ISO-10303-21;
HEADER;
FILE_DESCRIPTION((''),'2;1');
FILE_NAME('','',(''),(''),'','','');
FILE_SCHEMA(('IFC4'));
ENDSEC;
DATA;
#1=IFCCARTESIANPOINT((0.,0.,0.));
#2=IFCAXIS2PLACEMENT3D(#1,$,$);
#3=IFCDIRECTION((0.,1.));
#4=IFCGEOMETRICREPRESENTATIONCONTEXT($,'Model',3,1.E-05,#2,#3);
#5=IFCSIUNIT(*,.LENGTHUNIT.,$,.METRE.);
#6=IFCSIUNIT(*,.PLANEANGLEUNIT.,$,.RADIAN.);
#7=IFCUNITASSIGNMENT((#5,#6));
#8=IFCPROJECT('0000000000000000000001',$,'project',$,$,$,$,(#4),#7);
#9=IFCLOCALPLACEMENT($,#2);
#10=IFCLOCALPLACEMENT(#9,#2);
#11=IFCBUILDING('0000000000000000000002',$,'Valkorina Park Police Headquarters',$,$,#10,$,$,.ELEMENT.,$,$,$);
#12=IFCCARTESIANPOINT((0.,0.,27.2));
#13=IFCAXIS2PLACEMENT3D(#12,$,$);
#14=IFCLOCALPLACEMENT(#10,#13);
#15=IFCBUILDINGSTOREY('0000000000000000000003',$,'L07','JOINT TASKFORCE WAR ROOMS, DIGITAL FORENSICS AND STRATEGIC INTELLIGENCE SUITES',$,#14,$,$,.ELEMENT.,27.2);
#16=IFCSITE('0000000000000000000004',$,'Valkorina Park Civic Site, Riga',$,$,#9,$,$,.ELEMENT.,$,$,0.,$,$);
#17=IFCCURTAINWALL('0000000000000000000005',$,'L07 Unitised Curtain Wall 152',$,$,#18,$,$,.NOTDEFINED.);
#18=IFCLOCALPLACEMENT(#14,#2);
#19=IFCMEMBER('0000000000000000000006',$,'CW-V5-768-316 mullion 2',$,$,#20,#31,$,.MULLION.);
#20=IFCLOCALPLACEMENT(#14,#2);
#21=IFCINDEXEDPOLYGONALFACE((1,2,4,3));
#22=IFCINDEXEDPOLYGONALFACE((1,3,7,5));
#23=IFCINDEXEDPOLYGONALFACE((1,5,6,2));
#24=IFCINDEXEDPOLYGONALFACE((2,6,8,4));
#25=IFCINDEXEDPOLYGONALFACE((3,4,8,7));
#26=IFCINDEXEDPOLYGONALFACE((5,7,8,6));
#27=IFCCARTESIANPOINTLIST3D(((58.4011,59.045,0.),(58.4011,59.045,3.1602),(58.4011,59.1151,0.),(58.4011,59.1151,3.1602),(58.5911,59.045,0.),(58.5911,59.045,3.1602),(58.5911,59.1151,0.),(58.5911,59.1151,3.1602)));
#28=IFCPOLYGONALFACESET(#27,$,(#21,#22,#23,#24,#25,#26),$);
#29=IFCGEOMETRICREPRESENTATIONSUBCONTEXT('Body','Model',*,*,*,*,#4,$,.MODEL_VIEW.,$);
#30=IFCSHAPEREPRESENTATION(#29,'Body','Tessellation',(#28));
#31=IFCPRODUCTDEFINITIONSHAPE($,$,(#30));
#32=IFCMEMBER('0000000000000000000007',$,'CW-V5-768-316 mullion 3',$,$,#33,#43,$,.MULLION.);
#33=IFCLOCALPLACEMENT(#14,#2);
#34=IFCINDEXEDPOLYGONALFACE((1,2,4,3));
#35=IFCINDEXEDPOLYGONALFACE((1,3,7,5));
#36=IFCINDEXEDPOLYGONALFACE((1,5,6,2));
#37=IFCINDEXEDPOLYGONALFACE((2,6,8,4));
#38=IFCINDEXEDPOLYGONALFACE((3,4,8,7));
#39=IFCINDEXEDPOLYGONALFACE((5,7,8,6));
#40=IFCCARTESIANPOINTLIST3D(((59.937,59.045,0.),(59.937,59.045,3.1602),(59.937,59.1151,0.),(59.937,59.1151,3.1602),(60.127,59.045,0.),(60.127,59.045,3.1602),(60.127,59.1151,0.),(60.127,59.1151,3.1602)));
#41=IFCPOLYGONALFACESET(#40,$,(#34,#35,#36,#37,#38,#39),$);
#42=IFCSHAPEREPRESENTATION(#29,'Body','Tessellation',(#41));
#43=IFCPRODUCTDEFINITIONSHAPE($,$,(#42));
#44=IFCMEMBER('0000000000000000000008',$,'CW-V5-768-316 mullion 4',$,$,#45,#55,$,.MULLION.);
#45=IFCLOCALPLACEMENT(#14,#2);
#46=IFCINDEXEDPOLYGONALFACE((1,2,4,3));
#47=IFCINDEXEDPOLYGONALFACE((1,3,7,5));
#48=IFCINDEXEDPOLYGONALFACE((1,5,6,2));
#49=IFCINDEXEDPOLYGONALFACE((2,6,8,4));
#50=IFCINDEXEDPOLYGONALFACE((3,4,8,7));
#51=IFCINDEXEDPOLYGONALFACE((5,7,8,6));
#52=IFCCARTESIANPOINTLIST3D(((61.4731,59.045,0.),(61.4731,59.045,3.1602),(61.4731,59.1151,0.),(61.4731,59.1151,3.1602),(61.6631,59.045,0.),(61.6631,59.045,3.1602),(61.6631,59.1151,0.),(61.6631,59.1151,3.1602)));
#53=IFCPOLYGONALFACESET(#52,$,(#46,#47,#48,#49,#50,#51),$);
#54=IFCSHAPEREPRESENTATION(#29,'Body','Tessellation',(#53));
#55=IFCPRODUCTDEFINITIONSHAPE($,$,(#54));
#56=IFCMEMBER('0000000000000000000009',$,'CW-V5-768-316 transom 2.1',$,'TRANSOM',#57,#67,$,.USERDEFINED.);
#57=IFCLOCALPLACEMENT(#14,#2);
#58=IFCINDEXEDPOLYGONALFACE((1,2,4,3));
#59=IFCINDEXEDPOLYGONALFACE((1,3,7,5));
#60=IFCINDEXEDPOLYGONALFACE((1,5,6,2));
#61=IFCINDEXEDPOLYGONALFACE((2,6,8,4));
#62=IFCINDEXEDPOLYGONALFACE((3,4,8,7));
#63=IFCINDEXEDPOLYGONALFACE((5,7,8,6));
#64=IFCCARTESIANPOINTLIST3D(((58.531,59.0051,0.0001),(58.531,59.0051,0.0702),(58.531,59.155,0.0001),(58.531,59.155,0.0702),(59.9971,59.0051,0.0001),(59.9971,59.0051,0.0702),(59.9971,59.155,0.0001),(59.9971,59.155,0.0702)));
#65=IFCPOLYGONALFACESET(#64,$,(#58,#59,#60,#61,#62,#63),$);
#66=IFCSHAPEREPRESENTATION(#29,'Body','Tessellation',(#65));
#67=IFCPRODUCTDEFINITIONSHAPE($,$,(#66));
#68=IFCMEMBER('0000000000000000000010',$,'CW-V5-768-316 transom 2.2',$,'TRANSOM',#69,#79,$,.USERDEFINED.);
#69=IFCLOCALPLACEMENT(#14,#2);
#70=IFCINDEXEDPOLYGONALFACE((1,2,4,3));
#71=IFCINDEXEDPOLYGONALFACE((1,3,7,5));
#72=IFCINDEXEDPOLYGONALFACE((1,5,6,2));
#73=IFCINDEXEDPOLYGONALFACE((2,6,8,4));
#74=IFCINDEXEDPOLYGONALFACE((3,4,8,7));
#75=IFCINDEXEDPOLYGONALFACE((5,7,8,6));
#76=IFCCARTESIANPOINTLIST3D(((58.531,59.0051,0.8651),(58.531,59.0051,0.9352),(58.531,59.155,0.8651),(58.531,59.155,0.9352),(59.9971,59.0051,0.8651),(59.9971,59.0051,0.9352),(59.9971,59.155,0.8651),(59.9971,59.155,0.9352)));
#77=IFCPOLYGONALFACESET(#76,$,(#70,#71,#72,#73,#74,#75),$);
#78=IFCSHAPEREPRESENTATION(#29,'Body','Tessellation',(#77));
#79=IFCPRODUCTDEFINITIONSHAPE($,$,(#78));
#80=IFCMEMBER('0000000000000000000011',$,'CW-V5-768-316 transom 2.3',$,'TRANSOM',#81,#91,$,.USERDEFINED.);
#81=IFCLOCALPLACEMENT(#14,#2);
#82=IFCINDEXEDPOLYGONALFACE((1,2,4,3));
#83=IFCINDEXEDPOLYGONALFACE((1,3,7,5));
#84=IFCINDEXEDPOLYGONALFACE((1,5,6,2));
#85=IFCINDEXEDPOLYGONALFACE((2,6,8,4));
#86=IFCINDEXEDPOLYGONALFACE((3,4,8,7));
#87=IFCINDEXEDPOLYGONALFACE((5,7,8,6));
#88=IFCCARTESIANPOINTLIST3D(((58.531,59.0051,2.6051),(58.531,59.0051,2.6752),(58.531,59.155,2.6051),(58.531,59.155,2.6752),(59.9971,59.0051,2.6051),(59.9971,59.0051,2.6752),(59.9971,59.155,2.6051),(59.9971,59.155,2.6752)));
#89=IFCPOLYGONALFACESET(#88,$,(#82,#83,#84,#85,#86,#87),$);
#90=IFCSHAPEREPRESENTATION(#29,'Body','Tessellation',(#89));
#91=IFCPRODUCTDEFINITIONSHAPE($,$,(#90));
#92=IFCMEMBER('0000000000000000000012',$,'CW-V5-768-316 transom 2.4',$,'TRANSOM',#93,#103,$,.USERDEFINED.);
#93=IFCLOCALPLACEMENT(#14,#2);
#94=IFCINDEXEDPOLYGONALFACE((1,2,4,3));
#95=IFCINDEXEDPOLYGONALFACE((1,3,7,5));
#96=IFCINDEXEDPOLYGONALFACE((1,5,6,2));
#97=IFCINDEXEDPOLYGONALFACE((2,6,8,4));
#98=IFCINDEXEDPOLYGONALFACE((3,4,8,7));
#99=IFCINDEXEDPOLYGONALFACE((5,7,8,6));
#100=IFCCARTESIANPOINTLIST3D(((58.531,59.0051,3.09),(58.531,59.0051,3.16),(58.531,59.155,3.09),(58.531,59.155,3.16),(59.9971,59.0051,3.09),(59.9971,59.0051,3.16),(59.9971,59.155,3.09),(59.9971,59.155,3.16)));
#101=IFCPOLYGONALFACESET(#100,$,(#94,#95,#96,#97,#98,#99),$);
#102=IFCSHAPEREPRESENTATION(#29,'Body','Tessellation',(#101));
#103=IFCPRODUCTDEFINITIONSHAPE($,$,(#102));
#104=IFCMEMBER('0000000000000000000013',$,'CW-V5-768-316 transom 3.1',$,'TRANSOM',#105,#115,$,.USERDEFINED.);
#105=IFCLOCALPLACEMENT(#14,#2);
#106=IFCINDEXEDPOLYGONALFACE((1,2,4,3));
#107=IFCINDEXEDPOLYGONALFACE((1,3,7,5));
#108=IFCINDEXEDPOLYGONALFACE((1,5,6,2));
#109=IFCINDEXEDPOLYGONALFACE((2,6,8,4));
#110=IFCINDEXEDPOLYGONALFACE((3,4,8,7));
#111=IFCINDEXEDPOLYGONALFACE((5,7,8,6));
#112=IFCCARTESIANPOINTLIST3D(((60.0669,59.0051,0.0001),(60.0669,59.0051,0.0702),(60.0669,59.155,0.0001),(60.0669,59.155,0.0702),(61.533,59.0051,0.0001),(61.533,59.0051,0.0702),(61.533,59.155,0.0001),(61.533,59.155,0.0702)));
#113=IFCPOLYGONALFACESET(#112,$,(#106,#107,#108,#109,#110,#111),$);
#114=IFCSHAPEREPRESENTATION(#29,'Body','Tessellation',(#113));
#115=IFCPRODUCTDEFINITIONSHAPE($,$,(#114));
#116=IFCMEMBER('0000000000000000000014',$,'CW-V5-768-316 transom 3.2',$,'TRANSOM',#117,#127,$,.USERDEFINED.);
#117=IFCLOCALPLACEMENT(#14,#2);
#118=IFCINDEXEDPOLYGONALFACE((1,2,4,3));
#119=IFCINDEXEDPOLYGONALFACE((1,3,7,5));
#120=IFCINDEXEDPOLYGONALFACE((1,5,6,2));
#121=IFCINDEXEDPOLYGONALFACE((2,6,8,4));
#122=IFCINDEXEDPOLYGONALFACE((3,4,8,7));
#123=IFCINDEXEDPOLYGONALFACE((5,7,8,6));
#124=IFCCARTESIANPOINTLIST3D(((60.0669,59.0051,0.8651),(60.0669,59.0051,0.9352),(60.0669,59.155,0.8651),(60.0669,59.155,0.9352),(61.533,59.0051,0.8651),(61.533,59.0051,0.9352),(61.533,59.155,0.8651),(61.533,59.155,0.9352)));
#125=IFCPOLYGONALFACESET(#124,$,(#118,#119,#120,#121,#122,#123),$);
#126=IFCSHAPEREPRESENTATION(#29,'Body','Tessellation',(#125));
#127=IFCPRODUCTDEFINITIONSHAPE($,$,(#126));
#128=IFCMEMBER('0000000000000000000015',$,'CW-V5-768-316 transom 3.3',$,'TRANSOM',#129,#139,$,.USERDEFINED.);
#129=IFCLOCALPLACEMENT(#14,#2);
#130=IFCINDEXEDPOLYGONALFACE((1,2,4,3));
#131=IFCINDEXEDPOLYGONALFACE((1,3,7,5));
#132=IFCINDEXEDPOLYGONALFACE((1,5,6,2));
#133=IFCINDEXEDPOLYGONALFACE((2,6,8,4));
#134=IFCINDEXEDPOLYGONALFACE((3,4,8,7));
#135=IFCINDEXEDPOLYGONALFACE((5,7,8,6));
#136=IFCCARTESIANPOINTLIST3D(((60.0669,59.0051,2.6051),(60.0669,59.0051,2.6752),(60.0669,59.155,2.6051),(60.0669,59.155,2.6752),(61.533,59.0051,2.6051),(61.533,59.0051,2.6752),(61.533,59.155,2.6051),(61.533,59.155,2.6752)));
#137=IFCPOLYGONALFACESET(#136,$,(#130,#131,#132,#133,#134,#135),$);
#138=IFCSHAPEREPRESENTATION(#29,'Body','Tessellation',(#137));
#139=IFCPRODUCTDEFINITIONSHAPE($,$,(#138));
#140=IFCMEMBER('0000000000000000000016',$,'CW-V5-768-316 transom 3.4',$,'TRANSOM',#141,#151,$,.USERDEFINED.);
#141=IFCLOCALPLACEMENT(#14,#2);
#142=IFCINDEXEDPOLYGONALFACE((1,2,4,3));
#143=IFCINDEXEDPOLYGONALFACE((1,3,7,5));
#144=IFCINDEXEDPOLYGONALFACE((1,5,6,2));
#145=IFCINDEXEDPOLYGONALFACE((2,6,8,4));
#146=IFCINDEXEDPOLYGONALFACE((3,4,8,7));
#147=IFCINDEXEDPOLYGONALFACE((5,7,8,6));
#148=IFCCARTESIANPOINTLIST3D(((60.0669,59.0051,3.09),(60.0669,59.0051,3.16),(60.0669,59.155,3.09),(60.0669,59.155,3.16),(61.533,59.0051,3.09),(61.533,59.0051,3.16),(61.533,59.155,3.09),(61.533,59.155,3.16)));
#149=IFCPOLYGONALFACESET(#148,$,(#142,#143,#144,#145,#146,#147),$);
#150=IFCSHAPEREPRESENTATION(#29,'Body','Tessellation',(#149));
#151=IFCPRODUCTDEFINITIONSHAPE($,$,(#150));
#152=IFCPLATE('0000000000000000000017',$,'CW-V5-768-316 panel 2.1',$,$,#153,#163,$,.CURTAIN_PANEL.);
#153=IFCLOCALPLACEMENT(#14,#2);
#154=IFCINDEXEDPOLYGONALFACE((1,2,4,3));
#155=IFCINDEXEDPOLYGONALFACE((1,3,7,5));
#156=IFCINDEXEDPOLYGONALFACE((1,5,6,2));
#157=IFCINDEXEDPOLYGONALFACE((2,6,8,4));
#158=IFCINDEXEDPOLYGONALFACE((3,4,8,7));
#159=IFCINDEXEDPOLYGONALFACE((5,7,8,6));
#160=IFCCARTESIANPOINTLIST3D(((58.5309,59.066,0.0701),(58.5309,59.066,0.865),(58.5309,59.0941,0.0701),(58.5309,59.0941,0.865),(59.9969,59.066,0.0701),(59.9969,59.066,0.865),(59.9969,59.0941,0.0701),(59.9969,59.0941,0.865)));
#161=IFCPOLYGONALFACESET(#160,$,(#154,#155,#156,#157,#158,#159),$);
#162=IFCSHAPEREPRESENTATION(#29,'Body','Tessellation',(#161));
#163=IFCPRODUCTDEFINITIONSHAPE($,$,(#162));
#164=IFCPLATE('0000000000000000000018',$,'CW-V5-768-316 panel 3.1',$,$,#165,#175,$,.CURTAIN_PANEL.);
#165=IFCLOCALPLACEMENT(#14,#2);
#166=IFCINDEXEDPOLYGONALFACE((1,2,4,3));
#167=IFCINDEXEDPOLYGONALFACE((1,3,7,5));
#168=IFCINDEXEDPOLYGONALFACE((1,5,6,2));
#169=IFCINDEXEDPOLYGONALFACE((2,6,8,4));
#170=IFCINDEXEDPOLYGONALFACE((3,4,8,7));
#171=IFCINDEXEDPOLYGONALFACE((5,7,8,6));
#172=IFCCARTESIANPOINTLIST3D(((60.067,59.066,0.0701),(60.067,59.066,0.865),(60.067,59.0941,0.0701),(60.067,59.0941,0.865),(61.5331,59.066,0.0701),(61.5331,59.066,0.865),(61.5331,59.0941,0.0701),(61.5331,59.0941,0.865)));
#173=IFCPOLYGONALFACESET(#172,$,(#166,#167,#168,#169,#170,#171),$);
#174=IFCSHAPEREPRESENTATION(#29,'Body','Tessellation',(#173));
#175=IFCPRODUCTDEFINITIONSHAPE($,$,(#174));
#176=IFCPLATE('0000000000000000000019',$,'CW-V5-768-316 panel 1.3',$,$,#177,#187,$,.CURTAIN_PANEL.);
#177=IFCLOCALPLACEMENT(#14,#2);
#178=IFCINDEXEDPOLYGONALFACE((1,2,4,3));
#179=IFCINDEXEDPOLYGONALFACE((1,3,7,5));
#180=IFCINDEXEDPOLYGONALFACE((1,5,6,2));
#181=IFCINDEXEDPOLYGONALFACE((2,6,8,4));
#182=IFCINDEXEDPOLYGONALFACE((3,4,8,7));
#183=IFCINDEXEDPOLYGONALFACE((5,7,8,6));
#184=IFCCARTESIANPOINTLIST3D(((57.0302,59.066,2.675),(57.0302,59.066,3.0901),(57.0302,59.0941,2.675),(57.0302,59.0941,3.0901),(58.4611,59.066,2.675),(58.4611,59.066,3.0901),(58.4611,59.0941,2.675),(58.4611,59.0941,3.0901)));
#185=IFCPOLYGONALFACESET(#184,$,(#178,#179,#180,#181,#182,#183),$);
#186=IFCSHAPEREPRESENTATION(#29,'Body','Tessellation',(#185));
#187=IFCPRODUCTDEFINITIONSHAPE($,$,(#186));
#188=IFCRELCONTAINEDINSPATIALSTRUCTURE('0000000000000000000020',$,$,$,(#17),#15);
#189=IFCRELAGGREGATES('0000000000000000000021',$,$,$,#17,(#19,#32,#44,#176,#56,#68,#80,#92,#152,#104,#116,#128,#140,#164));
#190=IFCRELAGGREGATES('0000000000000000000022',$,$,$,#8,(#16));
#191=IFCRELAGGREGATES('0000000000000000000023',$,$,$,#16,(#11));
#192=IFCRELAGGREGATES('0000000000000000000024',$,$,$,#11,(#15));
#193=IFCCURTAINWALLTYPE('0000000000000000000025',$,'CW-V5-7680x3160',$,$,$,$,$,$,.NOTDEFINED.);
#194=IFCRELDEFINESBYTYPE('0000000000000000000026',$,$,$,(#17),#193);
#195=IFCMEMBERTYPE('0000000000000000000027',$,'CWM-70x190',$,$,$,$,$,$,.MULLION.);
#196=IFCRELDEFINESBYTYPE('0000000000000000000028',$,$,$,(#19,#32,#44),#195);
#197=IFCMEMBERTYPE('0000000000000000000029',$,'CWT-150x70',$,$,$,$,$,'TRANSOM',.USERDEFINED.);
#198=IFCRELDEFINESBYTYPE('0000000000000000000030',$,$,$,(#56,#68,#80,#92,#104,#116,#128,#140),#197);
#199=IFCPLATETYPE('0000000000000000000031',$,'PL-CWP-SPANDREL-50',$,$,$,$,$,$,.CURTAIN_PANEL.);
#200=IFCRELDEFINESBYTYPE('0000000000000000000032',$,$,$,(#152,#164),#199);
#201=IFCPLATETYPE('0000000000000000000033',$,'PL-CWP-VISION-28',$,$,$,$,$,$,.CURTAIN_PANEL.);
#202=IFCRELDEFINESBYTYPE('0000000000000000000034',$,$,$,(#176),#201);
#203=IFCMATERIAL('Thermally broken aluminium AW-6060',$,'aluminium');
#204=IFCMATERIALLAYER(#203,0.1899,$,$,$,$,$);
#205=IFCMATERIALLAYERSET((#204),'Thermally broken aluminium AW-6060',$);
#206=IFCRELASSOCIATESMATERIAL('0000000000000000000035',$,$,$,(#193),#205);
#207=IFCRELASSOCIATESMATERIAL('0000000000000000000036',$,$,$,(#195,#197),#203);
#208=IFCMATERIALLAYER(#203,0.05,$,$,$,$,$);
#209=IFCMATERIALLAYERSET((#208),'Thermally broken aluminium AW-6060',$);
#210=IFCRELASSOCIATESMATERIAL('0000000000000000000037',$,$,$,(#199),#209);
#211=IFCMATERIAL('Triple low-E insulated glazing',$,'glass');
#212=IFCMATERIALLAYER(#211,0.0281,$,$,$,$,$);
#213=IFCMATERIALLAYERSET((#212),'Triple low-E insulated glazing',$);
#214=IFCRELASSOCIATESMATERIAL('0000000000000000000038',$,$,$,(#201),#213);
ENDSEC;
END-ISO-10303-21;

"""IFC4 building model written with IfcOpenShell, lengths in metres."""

from ifc_helpers import new_model, si_unit, direction, frame, origin, origin_2d, place, context, subcontext, project, spatial, rectangle, extrude, material, layer, layer_set, material_profile, profile_set, type_object, element, aggregate, save


model = new_model("IFC4")

# Units and contexts
model_context = context("Model", 3, precision=1e-05, world=origin(), true_north=direction((0.0, 1.0)))
body_context = subcontext(model_context, "Body", "Model", "MODEL_VIEW")
ifc_project = project(units=[si_unit("LENGTHUNIT", "METRE"), si_unit("PLANEANGLEUNIT", "RADIAN")], contexts=[model_context])

# Site, building, storey
site_placement = place(None, origin())
site = spatial("IfcSite", under=ifc_project, at=site_placement, Name="Valkorina Park Civic Site, Riga", CompositionType="ELEMENT", RefElevation=0.0)
building_placement = place(site_placement, origin())
building = spatial("IfcBuilding", under=site, at=building_placement, Name="Valkorina Park Police Headquarters", CompositionType="ELEMENT")
storey_placement = place(building_placement, frame((0.0, 0.0, 27.2)))
storey = spatial("IfcBuildingStorey", under=building, at=storey_placement, Name="L07", Description="JOINT TASKFORCE WAR ROOMS, DIGITAL FORENSICS AND STRATEGIC INTELLIGENCE SUITES", CompositionType="ELEMENT", Elevation=27.2)

# Curtain wall, members, plates
ifc_material_1 = material(Name="Thermally broken aluminium AW-6060", Category="aluminium")
ifc_layer_1 = layer(ifc_material_1, 0.1899)
ifc_layer_set_1 = layer_set([ifc_layer_1], Name="Thermally broken aluminium AW-6060")
curtain_wall_type = type_object("IfcCurtainWallType", Name="CW-V5-7680x3160", PredefinedType="NOTDEFINED", material=ifc_layer_set_1)
curtain_wall_placement = place(storey_placement, origin())
curtain_wall = element("IfcCurtainWall", 1, at=curtain_wall_placement, inside=storey, type_object=curtain_wall_type, Name="L07 Unitised Curtain Wall 152", PredefinedType="NOTDEFINED")
ifc_material_profile_1 = material_profile(ifc_material_1, rectangle(XDim=0.0701, YDim=0.1899, at=origin_2d()), Name="CWM-02 70x190")
ifc_profile_set_1 = profile_set([ifc_material_profile_1], Name="Thermally broken aluminium AW-6060")
member_type_1 = type_object("IfcMemberType", Name="CWM-70x190", PredefinedType="MULLION", material=ifc_profile_set_1)
member_1_placement = place(storey_placement, frame((58.4961, 59.0801, 0.0), z_axis=(0.0, 0.0, 1.0), x_axis=(0.0, 1.0, 0.0)))
member_1 = element("IfcMember", 2, at=member_1_placement, type_object=member_type_1, Name="CW-V5-768-316 mullion 2", PredefinedType="MULLION", context=body_context, shape_type="SweptSolid", body=[
    extrude(rectangle(XDim=0.0701, YDim=0.1899, at=origin_2d()), origin(), (0.0, 0.0, 1.0), 3.1602),
])
member_2_placement = place(storey_placement, frame((60.032, 59.0801, 0.0), z_axis=(0.0, 0.0, 1.0), x_axis=(0.0, 1.0, 0.0)))
member_2 = element("IfcMember", 3, at=member_2_placement, type_object=member_type_1, Name="CW-V5-768-316 mullion 3", PredefinedType="MULLION", context=body_context, shape_type="SweptSolid", body=[
    extrude(rectangle(XDim=0.0701, YDim=0.1899, at=origin_2d()), origin(), (0.0, 0.0, 1.0), 3.1602),
])
member_3_placement = place(storey_placement, frame((61.5681, 59.0801, 0.0), z_axis=(0.0, 0.0, 1.0), x_axis=(0.0, 1.0, 0.0)))
member_3 = element("IfcMember", 4, at=member_3_placement, type_object=member_type_1, Name="CW-V5-768-316 mullion 4", PredefinedType="MULLION", context=body_context, shape_type="SweptSolid", body=[
    extrude(rectangle(XDim=0.0701, YDim=0.1899, at=origin_2d()), origin(), (0.0, 0.0, 1.0), 3.1602),
])
ifc_material_profile_2 = material_profile(ifc_material_1, rectangle(XDim=0.1499, YDim=0.0701, at=origin_2d()), Name="CWT-02 150x70")
ifc_profile_set_2 = profile_set([ifc_material_profile_2], Name="Thermally broken aluminium AW-6060")
member_type_2 = type_object("IfcMemberType", Name="CWT-150x70", ElementType="TRANSOM", PredefinedType="USERDEFINED", material=ifc_profile_set_2)
member_4_placement = place(storey_placement, frame((58.531, 59.0801, 0.0352), z_axis=(1.0, 0.0, 0.0), x_axis=(0.0, 1.0, 0.0)))
member_4 = element("IfcMember", 5, at=member_4_placement, type_object=member_type_2, Name="CW-V5-768-316 transom 2.1", ObjectType="TRANSOM", PredefinedType="USERDEFINED", context=body_context, shape_type="SweptSolid", body=[
    extrude(rectangle(XDim=0.1499, YDim=0.0701, at=origin_2d()), origin(), (0.0, 0.0, 1.0), 1.4661),
])
member_5_placement = place(storey_placement, frame((58.531, 59.0801, 0.9001), z_axis=(1.0, 0.0, 0.0), x_axis=(0.0, 1.0, 0.0)))
member_5 = element("IfcMember", 6, at=member_5_placement, type_object=member_type_2, Name="CW-V5-768-316 transom 2.2", ObjectType="TRANSOM", PredefinedType="USERDEFINED", context=body_context, shape_type="SweptSolid", body=[
    extrude(rectangle(XDim=0.1499, YDim=0.0701, at=origin_2d()), origin(), (0.0, 0.0, 1.0), 1.4661),
])
member_6_placement = place(storey_placement, frame((58.531, 59.0801, 2.6401), z_axis=(1.0, 0.0, 0.0), x_axis=(0.0, 1.0, 0.0)))
member_6 = element("IfcMember", 7, at=member_6_placement, type_object=member_type_2, Name="CW-V5-768-316 transom 2.3", ObjectType="TRANSOM", PredefinedType="USERDEFINED", context=body_context, shape_type="SweptSolid", body=[
    extrude(rectangle(XDim=0.1499, YDim=0.0701, at=origin_2d()), origin(), (0.0, 0.0, 1.0), 1.4661),
])
member_7_placement = place(storey_placement, frame((58.531, 59.0801, 3.125), z_axis=(1.0, 0.0, 0.0), x_axis=(0.0, 1.0, 0.0)))
member_7 = element("IfcMember", 8, at=member_7_placement, type_object=member_type_2, Name="CW-V5-768-316 transom 2.4", ObjectType="TRANSOM", PredefinedType="USERDEFINED", context=body_context, shape_type="SweptSolid", body=[
    extrude(rectangle(XDim=0.1499, YDim=0.0701, at=origin_2d()), origin(), (0.0, 0.0, 1.0), 1.4661),
])
member_8_placement = place(storey_placement, frame((60.0669, 59.0801, 0.0352), z_axis=(1.0, 0.0, 0.0), x_axis=(0.0, 1.0, 0.0)))
member_8 = element("IfcMember", 9, at=member_8_placement, type_object=member_type_2, Name="CW-V5-768-316 transom 3.1", ObjectType="TRANSOM", PredefinedType="USERDEFINED", context=body_context, shape_type="SweptSolid", body=[
    extrude(rectangle(XDim=0.1499, YDim=0.0701, at=origin_2d()), origin(), (0.0, 0.0, 1.0), 1.4661),
])
member_9_placement = place(storey_placement, frame((60.0669, 59.0801, 0.9001), z_axis=(1.0, 0.0, 0.0), x_axis=(0.0, 1.0, 0.0)))
member_9 = element("IfcMember", 10, at=member_9_placement, type_object=member_type_2, Name="CW-V5-768-316 transom 3.2", ObjectType="TRANSOM", PredefinedType="USERDEFINED", context=body_context, shape_type="SweptSolid", body=[
    extrude(rectangle(XDim=0.1499, YDim=0.0701, at=origin_2d()), origin(), (0.0, 0.0, 1.0), 1.4661),
])
member_10_placement = place(storey_placement, frame((60.0669, 59.0801, 2.6401), z_axis=(1.0, 0.0, 0.0), x_axis=(0.0, 1.0, 0.0)))
member_10 = element("IfcMember", 11, at=member_10_placement, type_object=member_type_2, Name="CW-V5-768-316 transom 3.3", ObjectType="TRANSOM", PredefinedType="USERDEFINED", context=body_context, shape_type="SweptSolid", body=[
    extrude(rectangle(XDim=0.1499, YDim=0.0701, at=origin_2d()), origin(), (0.0, 0.0, 1.0), 1.4661),
])
member_11_placement = place(storey_placement, frame((60.0669, 59.0801, 3.125), z_axis=(1.0, 0.0, 0.0), x_axis=(0.0, 1.0, 0.0)))
member_11 = element("IfcMember", 12, at=member_11_placement, type_object=member_type_2, Name="CW-V5-768-316 transom 3.4", ObjectType="TRANSOM", PredefinedType="USERDEFINED", context=body_context, shape_type="SweptSolid", body=[
    extrude(rectangle(XDim=0.1499, YDim=0.0701, at=origin_2d()), origin(), (0.0, 0.0, 1.0), 1.4661),
])
ifc_layer_2 = layer(ifc_material_1, 0.05)
ifc_layer_set_2 = layer_set([ifc_layer_2], Name="Thermally broken aluminium AW-6060")
plate_type_1 = type_object("IfcPlateType", Name="PL-CWP-SPANDREL-50", PredefinedType="CURTAIN_PANEL", material=ifc_layer_set_2)
plate_1_placement = place(storey_placement, frame((59.2639, 59.0801, 0.0701), z_axis=(0.0, 0.0, 1.0), x_axis=(1.0, 0.0, 0.0)))
plate_1 = element("IfcPlate", 13, at=plate_1_placement, type_object=plate_type_1, Name="CW-V5-768-316 panel 2.1", PredefinedType="CURTAIN_PANEL", context=body_context, shape_type="SweptSolid", body=[
    extrude(rectangle(XDim=1.4661, YDim=0.0281, at=origin_2d()), origin(), (0.0, 0.0, 1.0), 0.7949),
])
plate_2_placement = place(storey_placement, frame((60.8, 59.0801, 0.0701), z_axis=(0.0, 0.0, 1.0), x_axis=(1.0, 0.0, 0.0)))
plate_2 = element("IfcPlate", 14, at=plate_2_placement, type_object=plate_type_1, Name="CW-V5-768-316 panel 3.1", PredefinedType="CURTAIN_PANEL", context=body_context, shape_type="SweptSolid", body=[
    extrude(rectangle(XDim=1.4661, YDim=0.0281, at=origin_2d()), origin(), (0.0, 0.0, 1.0), 0.7949),
])
ifc_material_2 = material(Name="Triple low-E insulated glazing", Category="glass")
ifc_layer_3 = layer(ifc_material_2, 0.0281)
ifc_layer_set_3 = layer_set([ifc_layer_3], Name="Triple low-E insulated glazing")
plate_type_2 = type_object("IfcPlateType", Name="PL-CWP-VISION-28", PredefinedType="CURTAIN_PANEL", material=ifc_layer_set_3)
plate_3_placement = place(storey_placement, frame((57.7456, 59.0801, 2.675), z_axis=(0.0, 0.0, 1.0), x_axis=(1.0, 0.0, 0.0)))
plate_3 = element("IfcPlate", 15, at=plate_3_placement, type_object=plate_type_2, Name="CW-V5-768-316 panel 1.3", PredefinedType="CURTAIN_PANEL", context=body_context, shape_type="SweptSolid", body=[
    extrude(rectangle(XDim=1.4309, YDim=0.0281, at=origin_2d()), origin(), (0.0, 0.0, 1.0), 0.415),
])
aggregate(curtain_wall, [member_1, member_2, member_3, plate_3, member_4, member_5, member_6, member_7, plate_1, member_8, member_9, member_10, member_11, plate_2])

save(model, "model.ifc")
